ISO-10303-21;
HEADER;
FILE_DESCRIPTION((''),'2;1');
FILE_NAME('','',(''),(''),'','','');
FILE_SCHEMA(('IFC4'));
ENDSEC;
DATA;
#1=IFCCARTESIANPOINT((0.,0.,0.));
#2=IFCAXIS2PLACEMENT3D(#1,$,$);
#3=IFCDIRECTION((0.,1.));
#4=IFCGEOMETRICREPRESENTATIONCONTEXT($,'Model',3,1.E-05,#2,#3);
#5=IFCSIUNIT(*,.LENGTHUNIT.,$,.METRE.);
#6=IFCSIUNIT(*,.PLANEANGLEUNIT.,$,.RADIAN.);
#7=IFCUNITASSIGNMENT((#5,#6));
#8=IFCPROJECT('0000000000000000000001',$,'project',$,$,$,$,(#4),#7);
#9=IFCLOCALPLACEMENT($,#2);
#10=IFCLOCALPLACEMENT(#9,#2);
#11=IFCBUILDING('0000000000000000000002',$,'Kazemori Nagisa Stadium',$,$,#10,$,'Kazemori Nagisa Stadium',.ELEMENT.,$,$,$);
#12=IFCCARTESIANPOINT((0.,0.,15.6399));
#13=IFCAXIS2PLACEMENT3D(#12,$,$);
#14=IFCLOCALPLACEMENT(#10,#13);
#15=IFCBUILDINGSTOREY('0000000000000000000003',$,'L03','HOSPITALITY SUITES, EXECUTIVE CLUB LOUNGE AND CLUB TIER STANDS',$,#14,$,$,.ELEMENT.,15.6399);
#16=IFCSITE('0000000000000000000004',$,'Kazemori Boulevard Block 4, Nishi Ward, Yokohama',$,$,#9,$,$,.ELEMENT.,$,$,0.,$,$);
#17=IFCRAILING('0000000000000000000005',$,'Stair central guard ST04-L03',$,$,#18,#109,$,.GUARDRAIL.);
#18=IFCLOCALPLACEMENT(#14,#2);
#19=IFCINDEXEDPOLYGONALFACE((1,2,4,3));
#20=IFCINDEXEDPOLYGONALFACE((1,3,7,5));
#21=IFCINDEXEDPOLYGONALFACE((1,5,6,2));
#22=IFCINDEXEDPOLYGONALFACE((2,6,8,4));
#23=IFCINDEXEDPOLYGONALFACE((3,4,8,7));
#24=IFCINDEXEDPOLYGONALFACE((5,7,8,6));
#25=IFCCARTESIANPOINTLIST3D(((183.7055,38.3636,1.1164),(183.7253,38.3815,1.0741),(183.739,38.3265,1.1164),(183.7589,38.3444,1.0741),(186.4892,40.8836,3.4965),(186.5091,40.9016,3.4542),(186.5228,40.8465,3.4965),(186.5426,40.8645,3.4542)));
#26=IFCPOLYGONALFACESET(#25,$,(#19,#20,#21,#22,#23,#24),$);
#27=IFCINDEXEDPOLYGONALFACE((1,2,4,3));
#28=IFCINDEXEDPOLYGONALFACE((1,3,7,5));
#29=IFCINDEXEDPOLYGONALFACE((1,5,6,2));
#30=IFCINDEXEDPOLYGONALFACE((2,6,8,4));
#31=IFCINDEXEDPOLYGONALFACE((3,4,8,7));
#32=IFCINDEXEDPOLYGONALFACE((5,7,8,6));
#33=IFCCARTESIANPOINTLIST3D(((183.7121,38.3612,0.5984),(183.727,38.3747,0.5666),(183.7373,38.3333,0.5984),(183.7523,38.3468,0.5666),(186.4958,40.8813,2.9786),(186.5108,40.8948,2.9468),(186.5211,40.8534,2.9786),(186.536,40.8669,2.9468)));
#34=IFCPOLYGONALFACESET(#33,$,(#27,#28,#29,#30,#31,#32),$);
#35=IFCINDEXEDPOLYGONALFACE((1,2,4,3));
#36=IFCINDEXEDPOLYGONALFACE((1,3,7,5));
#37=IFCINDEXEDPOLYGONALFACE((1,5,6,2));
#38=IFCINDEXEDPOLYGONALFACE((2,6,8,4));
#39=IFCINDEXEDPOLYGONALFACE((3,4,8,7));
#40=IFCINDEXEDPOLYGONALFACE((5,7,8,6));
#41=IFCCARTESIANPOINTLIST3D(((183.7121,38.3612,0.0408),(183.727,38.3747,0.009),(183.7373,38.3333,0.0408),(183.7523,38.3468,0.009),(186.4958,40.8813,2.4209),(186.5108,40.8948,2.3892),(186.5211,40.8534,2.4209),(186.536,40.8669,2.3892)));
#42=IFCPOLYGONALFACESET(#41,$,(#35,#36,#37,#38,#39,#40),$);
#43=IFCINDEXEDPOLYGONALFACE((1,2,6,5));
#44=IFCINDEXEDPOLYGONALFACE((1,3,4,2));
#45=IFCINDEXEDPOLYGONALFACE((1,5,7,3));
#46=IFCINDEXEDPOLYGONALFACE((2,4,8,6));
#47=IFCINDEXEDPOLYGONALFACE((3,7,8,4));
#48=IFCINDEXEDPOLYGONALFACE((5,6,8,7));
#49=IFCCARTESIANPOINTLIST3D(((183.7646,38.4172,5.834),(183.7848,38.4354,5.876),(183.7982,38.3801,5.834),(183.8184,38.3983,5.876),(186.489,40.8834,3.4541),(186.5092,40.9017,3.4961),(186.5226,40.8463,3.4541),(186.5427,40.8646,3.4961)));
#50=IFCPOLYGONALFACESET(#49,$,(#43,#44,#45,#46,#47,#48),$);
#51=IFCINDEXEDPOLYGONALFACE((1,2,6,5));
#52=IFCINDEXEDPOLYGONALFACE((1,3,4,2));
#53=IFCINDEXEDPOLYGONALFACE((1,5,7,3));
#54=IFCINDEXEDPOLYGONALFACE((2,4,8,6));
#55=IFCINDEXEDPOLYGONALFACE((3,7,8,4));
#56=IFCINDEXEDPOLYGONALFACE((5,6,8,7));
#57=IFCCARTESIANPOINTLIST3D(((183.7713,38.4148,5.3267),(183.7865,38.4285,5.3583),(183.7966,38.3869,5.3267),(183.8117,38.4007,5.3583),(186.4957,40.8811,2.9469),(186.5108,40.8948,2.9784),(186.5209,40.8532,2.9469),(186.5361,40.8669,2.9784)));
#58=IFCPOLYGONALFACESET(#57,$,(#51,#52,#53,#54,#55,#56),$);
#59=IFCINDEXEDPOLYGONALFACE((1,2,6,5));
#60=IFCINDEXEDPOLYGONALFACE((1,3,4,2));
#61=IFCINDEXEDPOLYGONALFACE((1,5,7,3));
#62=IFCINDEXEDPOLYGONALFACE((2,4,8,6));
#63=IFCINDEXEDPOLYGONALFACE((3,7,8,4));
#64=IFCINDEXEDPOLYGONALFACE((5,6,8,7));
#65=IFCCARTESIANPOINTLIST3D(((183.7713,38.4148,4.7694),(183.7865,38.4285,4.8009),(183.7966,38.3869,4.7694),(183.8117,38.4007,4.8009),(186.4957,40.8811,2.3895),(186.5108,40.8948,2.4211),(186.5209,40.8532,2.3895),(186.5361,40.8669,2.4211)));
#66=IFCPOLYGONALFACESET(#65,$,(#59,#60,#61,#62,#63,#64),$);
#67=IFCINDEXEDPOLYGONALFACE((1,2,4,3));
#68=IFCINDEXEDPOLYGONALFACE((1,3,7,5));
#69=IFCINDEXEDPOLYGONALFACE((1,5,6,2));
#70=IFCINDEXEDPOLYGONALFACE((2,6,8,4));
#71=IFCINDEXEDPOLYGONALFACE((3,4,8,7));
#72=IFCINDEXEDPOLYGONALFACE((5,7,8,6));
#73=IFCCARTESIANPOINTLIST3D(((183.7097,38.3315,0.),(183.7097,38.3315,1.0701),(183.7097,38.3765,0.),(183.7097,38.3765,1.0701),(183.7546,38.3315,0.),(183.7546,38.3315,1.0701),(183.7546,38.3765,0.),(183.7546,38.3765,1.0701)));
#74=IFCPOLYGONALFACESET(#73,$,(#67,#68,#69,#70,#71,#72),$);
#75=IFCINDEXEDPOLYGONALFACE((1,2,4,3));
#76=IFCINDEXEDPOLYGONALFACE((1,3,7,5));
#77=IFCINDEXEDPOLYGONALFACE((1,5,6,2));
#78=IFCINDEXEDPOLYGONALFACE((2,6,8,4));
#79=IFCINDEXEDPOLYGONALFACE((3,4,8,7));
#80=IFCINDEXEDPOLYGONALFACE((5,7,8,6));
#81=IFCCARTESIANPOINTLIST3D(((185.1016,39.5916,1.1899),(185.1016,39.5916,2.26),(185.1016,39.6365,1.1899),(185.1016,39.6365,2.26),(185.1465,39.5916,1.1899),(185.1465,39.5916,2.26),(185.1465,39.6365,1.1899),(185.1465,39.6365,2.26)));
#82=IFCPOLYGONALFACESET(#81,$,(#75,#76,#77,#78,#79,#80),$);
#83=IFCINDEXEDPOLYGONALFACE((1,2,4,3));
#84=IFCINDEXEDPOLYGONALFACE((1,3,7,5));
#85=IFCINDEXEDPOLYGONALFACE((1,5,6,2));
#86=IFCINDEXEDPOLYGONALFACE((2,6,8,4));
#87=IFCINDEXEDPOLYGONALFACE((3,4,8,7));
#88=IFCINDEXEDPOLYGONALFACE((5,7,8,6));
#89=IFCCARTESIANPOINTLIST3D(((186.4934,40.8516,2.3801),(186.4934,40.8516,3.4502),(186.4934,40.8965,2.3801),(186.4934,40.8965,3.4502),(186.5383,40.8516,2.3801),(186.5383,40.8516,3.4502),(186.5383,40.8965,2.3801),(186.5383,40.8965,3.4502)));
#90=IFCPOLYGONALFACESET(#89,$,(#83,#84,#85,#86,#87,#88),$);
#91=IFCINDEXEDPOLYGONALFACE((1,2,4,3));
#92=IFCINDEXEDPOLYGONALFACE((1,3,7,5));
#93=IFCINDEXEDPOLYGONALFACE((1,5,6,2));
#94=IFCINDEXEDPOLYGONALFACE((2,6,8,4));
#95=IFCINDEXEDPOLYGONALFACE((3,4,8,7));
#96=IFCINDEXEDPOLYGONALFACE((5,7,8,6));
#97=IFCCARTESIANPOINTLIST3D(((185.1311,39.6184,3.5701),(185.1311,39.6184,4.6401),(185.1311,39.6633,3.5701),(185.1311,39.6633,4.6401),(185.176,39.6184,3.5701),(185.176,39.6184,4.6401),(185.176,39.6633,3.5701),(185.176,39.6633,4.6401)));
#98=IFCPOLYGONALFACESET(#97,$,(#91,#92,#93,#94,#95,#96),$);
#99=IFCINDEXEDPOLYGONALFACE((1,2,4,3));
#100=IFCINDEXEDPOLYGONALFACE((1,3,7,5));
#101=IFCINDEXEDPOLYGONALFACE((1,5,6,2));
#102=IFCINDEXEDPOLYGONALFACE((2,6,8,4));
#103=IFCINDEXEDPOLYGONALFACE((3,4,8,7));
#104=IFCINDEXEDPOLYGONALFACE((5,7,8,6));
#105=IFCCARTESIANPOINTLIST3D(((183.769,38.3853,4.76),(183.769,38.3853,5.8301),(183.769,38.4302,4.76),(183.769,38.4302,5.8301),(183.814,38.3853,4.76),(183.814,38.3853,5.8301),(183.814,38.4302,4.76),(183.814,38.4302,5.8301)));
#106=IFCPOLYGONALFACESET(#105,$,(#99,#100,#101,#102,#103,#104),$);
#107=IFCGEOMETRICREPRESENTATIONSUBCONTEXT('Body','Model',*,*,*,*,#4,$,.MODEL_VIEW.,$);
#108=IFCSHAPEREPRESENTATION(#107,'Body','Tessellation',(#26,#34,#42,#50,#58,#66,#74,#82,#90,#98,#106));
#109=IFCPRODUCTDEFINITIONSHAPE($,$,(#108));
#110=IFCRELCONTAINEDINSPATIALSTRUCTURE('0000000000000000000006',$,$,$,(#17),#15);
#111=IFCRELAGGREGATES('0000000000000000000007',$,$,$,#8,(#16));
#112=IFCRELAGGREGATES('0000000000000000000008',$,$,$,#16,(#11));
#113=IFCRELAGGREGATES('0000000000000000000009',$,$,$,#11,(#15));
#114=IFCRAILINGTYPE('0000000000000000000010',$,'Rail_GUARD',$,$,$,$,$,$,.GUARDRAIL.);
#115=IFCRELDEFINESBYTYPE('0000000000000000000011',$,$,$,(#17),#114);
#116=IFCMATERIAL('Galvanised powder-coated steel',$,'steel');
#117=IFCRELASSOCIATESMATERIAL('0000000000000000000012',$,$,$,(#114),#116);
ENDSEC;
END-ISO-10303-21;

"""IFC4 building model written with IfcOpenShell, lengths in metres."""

from ifc_helpers import new_model, si_unit, direction, frame, origin, origin_2d, place, context, subcontext, project, spatial, rectangle, extrude, material, type_object, element, save


model = new_model("IFC4")

# Units and contexts
model_context = context("Model", 3, precision=1e-05, world=origin(), true_north=direction((0.0, 1.0)))
body_context = subcontext(model_context, "Body", "Model", "MODEL_VIEW")
ifc_project = project(units=[si_unit("LENGTHUNIT", "METRE"), si_unit("PLANEANGLEUNIT", "RADIAN")], contexts=[model_context])

# Site, building, storey
site_placement = place(None, origin())
site = spatial("IfcSite", under=ifc_project, at=site_placement, Name="Kazemori Boulevard Block 4, Nishi Ward, Yokohama", CompositionType="ELEMENT", RefElevation=0.0)
building_placement = place(site_placement, origin())
building = spatial("IfcBuilding", under=site, at=building_placement, Name="Kazemori Nagisa Stadium", LongName="Kazemori Nagisa Stadium", CompositionType="ELEMENT")
storey_placement = place(building_placement, frame((0.0, 0.0, 15.6399)))
storey = spatial("IfcBuildingStorey", under=building, at=storey_placement, Name="L03", Description="HOSPITALITY SUITES, EXECUTIVE CLUB LOUNGE AND CLUB TIER STANDS", CompositionType="ELEMENT", Elevation=15.6399)

# Railing
ifc_material_1 = material(Name="Galvanised powder-coated steel", Category="steel")
railing_type_1 = type_object("IfcRailingType", Name="Rail_GUARD", PredefinedType="GUARDRAIL", material=ifc_material_1)
railing_1_placement = place(storey_placement, frame((183.7322, 38.354, 0.0)))
element("IfcRailing", 1, at=railing_1_placement, inside=storey, type_object=railing_type_1, Name="Stair central guard ST04-L03", PredefinedType="GUARDRAIL", context=body_context, shape_type="SweptSolid", body=[
    extrude(rectangle(XDim=0.05, YDim=0.05, at=origin_2d()), frame((0.0, 0.0, 1.0952), z_axis=(0.626151, 0.566842, 0.535375), x_axis=(-0.671124, 0.741345, 0.0)), (0.0, 0.0, 1.0), 4.4458),
    extrude(rectangle(XDim=0.0376, YDim=0.0376, at=origin_2d()), frame((0.0, 0.0, 0.5825), z_axis=(0.626151, 0.566842, 0.535375), x_axis=(-0.671124, 0.741345, 0.0)), (0.0, 0.0, 1.0), 4.4458),
    extrude(rectangle(XDim=0.0376, YDim=0.0376, at=origin_2d()), frame((0.0, 0.0, 0.0249), z_axis=(0.626151, 0.566842, 0.535375), x_axis=(-0.671124, 0.741345, 0.0)), (0.0, 0.0, 1.0), 4.4458),
    extrude(rectangle(XDim=0.05, YDim=0.05, at=origin_2d()), frame((2.7837, 2.52, 3.4751), z_axis=(-0.622256, -0.563315, 0.543575), x_axis=(0.671124, -0.741345, 0.0)), (0.0, 0.0, 1.0), 4.3782),
    extrude(rectangle(XDim=0.0376, YDim=0.0376, at=origin_2d()), frame((2.7837, 2.52, 2.9626), z_axis=(-0.622256, -0.563315, 0.543575), x_axis=(0.671124, -0.741345, 0.0)), (0.0, 0.0, 1.0), 4.3782),
    extrude(rectangle(XDim=0.0376, YDim=0.0376, at=origin_2d()), frame((2.7837, 2.52, 2.4053), z_axis=(-0.622256, -0.563315, 0.543575), x_axis=(0.671124, -0.741345, 0.0)), (0.0, 0.0, 1.0), 4.3782),
    extrude(rectangle(XDim=0.0449, YDim=0.0449, at=origin_2d()), origin(), (0.0, 0.0, 1.0), 1.0701),
    extrude(rectangle(XDim=0.0449, YDim=0.0449, at=origin_2d()), frame((1.3918, 1.26, 1.1899)), (0.0, 0.0, 1.0), 1.0701),
    extrude(rectangle(XDim=0.0449, YDim=0.0449, at=origin_2d()), frame((2.7837, 2.52, 2.3801)), (0.0, 0.0, 1.0), 1.0701),
    extrude(rectangle(XDim=0.0449, YDim=0.0449, at=origin_2d()), frame((1.4214, 1.2869, 3.5701)), (0.0, 0.0, 1.0), 1.0701),
    extrude(rectangle(XDim=0.0449, YDim=0.0449, at=origin_2d()), frame((0.0593, 0.0537, 4.76)), (0.0, 0.0, 1.0), 1.0701),
])

save(model, "model.ifc")
